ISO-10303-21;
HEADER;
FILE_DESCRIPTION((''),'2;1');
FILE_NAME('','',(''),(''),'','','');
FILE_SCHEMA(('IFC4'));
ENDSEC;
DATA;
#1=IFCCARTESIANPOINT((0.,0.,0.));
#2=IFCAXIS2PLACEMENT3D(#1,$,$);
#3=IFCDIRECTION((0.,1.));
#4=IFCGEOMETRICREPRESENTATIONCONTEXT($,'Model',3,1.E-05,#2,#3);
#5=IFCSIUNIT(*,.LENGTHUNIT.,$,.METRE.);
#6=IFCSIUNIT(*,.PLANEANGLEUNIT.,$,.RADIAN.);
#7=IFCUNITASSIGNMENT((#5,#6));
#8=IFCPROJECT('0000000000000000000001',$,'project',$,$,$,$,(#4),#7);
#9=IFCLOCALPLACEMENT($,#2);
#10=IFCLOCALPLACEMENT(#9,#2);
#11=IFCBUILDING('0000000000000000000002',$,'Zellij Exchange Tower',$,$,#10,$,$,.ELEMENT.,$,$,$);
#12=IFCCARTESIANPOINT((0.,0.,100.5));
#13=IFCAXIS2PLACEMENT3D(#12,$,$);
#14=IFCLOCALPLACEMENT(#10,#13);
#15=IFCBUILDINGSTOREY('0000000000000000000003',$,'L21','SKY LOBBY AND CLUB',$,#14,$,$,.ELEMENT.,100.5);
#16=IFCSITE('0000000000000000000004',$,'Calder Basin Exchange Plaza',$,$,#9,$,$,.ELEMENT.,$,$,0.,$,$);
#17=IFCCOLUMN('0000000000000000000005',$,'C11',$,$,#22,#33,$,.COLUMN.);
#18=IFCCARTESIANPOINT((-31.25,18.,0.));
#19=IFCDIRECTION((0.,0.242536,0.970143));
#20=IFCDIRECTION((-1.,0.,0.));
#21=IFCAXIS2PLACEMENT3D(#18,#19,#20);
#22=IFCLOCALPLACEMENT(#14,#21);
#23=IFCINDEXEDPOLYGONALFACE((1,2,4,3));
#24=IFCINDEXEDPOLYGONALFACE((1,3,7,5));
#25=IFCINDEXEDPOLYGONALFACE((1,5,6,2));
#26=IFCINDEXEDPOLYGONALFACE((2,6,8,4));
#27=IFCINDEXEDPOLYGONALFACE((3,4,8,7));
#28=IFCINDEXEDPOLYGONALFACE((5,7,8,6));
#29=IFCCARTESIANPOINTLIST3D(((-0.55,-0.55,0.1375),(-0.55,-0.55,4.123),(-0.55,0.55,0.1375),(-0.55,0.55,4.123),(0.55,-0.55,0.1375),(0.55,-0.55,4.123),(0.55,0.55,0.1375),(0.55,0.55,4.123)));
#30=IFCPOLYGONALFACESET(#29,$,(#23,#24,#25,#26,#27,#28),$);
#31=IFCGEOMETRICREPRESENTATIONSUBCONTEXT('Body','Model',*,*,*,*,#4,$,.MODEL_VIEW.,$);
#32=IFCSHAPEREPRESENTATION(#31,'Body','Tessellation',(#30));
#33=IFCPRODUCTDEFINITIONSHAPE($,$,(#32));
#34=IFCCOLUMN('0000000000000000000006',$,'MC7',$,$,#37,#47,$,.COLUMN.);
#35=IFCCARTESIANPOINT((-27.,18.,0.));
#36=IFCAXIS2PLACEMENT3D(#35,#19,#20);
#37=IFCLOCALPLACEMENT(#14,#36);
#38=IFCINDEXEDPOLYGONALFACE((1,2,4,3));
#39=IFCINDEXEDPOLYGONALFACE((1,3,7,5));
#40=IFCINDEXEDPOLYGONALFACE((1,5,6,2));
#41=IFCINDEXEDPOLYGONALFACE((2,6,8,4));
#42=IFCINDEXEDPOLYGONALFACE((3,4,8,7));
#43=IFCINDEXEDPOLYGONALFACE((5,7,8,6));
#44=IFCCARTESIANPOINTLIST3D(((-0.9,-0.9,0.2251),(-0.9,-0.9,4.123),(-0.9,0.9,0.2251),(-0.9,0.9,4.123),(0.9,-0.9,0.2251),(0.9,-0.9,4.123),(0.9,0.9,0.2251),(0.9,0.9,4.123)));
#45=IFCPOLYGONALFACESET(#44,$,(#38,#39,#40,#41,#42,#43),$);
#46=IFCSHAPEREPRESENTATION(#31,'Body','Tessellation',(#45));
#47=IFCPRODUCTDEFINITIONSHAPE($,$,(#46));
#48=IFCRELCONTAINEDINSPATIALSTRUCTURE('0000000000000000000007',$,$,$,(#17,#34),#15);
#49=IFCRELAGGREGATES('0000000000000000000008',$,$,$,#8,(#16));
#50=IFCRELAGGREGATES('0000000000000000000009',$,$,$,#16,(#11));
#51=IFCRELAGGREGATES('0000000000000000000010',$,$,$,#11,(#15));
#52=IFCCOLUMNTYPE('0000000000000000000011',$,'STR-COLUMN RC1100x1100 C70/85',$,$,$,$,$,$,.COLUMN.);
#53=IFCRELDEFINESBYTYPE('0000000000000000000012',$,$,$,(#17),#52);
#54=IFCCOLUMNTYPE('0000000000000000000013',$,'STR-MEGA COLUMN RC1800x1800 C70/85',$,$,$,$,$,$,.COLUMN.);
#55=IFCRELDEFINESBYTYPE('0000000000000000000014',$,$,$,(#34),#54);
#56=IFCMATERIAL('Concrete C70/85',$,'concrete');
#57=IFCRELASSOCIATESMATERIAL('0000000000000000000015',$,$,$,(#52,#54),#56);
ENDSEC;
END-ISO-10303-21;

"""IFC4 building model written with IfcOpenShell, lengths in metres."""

from ifc_helpers import new_model, si_unit, direction, frame, origin, origin_2d, place, context, subcontext, project, spatial, rectangle, extrude, clip, halfspace, material, material_profile, profile_set, type_object, element, save


model = new_model("IFC4")

# Units and contexts
model_context = context("Model", 3, precision=1e-05, world=origin(), true_north=direction((0.0, 1.0)))
body_context = subcontext(model_context, "Body", "Model", "MODEL_VIEW")
ifc_project = project(units=[si_unit("LENGTHUNIT", "METRE"), si_unit("PLANEANGLEUNIT", "RADIAN")], contexts=[model_context])

# Site, building, storey
site_placement = place(None, origin())
site = spatial("IfcSite", under=ifc_project, at=site_placement, Name="Calder Basin Exchange Plaza", CompositionType="ELEMENT", RefElevation=0.0)
building_placement = place(site_placement, origin())
building = spatial("IfcBuilding", under=site, at=building_placement, Name="Zellij Exchange Tower", CompositionType="ELEMENT")
storey_placement = place(building_placement, frame((0.0, 0.0, 100.5)))
storey = spatial("IfcBuildingStorey", under=building, at=storey_placement, Name="L21", Description="SKY LOBBY AND CLUB", CompositionType="ELEMENT", Elevation=100.5)

# Columns
ifc_material_1 = material(Name="Concrete C70/85", Category="concrete")
ifc_material_profile_1 = material_profile(ifc_material_1, rectangle(XDim=1.1001, YDim=1.1001, at=origin_2d()), Name="STR-COLUMN RC1100x1100 C70/85")
ifc_profile_set_1 = profile_set([ifc_material_profile_1], Name="Concrete C70/85")
column_type_1 = type_object("IfcColumnType", Name="STR-COLUMN RC1100x1100 C70/85", PredefinedType="COLUMN", material=ifc_profile_set_1)
column_1_placement = place(storey_placement, frame((-31.25, 18.0, 0.0), z_axis=(0.0, 0.242536, 0.970143), x_axis=(-1.0, 0.0, 0.0)))
element("IfcColumn", 1, at=column_1_placement, inside=storey, type_object=column_type_1, Name="C11", PredefinedType="COLUMN", context=body_context, shape_type="Clipping", body=[
    clip(extrude(rectangle(XDim=1.1001, YDim=1.1001, at=origin_2d()), origin(), (0.0, 0.0, 1.0), 4.123), halfspace(frame((0.0, 0.0, 0.1375)), True)),
])
ifc_material_profile_2 = material_profile(ifc_material_1, rectangle(XDim=1.8, YDim=1.8, at=origin_2d()), Name="STR-MEGA COLUMN RC1800x1800 C70/85")
ifc_profile_set_2 = profile_set([ifc_material_profile_2], Name="Concrete C70/85")
column_type_2 = type_object("IfcColumnType", Name="STR-MEGA COLUMN RC1800x1800 C70/85", PredefinedType="COLUMN", material=ifc_profile_set_2)
column_2_placement = place(storey_placement, frame((-27.0, 18.0, 0.0), z_axis=(0.0, 0.242536, 0.970143), x_axis=(-1.0, 0.0, 0.0)))
element("IfcColumn", 2, at=column_2_placement, inside=storey, type_object=column_type_2, Name="MC7", PredefinedType="COLUMN", context=body_context, shape_type="Clipping", body=[
    clip(extrude(rectangle(XDim=1.8, YDim=1.8, at=origin_2d()), origin(), (0.0, 0.0, 1.0), 4.123), halfspace(frame((0.0, 0.0, 0.2251)), True)),
])

save(model, "model.ifc")
